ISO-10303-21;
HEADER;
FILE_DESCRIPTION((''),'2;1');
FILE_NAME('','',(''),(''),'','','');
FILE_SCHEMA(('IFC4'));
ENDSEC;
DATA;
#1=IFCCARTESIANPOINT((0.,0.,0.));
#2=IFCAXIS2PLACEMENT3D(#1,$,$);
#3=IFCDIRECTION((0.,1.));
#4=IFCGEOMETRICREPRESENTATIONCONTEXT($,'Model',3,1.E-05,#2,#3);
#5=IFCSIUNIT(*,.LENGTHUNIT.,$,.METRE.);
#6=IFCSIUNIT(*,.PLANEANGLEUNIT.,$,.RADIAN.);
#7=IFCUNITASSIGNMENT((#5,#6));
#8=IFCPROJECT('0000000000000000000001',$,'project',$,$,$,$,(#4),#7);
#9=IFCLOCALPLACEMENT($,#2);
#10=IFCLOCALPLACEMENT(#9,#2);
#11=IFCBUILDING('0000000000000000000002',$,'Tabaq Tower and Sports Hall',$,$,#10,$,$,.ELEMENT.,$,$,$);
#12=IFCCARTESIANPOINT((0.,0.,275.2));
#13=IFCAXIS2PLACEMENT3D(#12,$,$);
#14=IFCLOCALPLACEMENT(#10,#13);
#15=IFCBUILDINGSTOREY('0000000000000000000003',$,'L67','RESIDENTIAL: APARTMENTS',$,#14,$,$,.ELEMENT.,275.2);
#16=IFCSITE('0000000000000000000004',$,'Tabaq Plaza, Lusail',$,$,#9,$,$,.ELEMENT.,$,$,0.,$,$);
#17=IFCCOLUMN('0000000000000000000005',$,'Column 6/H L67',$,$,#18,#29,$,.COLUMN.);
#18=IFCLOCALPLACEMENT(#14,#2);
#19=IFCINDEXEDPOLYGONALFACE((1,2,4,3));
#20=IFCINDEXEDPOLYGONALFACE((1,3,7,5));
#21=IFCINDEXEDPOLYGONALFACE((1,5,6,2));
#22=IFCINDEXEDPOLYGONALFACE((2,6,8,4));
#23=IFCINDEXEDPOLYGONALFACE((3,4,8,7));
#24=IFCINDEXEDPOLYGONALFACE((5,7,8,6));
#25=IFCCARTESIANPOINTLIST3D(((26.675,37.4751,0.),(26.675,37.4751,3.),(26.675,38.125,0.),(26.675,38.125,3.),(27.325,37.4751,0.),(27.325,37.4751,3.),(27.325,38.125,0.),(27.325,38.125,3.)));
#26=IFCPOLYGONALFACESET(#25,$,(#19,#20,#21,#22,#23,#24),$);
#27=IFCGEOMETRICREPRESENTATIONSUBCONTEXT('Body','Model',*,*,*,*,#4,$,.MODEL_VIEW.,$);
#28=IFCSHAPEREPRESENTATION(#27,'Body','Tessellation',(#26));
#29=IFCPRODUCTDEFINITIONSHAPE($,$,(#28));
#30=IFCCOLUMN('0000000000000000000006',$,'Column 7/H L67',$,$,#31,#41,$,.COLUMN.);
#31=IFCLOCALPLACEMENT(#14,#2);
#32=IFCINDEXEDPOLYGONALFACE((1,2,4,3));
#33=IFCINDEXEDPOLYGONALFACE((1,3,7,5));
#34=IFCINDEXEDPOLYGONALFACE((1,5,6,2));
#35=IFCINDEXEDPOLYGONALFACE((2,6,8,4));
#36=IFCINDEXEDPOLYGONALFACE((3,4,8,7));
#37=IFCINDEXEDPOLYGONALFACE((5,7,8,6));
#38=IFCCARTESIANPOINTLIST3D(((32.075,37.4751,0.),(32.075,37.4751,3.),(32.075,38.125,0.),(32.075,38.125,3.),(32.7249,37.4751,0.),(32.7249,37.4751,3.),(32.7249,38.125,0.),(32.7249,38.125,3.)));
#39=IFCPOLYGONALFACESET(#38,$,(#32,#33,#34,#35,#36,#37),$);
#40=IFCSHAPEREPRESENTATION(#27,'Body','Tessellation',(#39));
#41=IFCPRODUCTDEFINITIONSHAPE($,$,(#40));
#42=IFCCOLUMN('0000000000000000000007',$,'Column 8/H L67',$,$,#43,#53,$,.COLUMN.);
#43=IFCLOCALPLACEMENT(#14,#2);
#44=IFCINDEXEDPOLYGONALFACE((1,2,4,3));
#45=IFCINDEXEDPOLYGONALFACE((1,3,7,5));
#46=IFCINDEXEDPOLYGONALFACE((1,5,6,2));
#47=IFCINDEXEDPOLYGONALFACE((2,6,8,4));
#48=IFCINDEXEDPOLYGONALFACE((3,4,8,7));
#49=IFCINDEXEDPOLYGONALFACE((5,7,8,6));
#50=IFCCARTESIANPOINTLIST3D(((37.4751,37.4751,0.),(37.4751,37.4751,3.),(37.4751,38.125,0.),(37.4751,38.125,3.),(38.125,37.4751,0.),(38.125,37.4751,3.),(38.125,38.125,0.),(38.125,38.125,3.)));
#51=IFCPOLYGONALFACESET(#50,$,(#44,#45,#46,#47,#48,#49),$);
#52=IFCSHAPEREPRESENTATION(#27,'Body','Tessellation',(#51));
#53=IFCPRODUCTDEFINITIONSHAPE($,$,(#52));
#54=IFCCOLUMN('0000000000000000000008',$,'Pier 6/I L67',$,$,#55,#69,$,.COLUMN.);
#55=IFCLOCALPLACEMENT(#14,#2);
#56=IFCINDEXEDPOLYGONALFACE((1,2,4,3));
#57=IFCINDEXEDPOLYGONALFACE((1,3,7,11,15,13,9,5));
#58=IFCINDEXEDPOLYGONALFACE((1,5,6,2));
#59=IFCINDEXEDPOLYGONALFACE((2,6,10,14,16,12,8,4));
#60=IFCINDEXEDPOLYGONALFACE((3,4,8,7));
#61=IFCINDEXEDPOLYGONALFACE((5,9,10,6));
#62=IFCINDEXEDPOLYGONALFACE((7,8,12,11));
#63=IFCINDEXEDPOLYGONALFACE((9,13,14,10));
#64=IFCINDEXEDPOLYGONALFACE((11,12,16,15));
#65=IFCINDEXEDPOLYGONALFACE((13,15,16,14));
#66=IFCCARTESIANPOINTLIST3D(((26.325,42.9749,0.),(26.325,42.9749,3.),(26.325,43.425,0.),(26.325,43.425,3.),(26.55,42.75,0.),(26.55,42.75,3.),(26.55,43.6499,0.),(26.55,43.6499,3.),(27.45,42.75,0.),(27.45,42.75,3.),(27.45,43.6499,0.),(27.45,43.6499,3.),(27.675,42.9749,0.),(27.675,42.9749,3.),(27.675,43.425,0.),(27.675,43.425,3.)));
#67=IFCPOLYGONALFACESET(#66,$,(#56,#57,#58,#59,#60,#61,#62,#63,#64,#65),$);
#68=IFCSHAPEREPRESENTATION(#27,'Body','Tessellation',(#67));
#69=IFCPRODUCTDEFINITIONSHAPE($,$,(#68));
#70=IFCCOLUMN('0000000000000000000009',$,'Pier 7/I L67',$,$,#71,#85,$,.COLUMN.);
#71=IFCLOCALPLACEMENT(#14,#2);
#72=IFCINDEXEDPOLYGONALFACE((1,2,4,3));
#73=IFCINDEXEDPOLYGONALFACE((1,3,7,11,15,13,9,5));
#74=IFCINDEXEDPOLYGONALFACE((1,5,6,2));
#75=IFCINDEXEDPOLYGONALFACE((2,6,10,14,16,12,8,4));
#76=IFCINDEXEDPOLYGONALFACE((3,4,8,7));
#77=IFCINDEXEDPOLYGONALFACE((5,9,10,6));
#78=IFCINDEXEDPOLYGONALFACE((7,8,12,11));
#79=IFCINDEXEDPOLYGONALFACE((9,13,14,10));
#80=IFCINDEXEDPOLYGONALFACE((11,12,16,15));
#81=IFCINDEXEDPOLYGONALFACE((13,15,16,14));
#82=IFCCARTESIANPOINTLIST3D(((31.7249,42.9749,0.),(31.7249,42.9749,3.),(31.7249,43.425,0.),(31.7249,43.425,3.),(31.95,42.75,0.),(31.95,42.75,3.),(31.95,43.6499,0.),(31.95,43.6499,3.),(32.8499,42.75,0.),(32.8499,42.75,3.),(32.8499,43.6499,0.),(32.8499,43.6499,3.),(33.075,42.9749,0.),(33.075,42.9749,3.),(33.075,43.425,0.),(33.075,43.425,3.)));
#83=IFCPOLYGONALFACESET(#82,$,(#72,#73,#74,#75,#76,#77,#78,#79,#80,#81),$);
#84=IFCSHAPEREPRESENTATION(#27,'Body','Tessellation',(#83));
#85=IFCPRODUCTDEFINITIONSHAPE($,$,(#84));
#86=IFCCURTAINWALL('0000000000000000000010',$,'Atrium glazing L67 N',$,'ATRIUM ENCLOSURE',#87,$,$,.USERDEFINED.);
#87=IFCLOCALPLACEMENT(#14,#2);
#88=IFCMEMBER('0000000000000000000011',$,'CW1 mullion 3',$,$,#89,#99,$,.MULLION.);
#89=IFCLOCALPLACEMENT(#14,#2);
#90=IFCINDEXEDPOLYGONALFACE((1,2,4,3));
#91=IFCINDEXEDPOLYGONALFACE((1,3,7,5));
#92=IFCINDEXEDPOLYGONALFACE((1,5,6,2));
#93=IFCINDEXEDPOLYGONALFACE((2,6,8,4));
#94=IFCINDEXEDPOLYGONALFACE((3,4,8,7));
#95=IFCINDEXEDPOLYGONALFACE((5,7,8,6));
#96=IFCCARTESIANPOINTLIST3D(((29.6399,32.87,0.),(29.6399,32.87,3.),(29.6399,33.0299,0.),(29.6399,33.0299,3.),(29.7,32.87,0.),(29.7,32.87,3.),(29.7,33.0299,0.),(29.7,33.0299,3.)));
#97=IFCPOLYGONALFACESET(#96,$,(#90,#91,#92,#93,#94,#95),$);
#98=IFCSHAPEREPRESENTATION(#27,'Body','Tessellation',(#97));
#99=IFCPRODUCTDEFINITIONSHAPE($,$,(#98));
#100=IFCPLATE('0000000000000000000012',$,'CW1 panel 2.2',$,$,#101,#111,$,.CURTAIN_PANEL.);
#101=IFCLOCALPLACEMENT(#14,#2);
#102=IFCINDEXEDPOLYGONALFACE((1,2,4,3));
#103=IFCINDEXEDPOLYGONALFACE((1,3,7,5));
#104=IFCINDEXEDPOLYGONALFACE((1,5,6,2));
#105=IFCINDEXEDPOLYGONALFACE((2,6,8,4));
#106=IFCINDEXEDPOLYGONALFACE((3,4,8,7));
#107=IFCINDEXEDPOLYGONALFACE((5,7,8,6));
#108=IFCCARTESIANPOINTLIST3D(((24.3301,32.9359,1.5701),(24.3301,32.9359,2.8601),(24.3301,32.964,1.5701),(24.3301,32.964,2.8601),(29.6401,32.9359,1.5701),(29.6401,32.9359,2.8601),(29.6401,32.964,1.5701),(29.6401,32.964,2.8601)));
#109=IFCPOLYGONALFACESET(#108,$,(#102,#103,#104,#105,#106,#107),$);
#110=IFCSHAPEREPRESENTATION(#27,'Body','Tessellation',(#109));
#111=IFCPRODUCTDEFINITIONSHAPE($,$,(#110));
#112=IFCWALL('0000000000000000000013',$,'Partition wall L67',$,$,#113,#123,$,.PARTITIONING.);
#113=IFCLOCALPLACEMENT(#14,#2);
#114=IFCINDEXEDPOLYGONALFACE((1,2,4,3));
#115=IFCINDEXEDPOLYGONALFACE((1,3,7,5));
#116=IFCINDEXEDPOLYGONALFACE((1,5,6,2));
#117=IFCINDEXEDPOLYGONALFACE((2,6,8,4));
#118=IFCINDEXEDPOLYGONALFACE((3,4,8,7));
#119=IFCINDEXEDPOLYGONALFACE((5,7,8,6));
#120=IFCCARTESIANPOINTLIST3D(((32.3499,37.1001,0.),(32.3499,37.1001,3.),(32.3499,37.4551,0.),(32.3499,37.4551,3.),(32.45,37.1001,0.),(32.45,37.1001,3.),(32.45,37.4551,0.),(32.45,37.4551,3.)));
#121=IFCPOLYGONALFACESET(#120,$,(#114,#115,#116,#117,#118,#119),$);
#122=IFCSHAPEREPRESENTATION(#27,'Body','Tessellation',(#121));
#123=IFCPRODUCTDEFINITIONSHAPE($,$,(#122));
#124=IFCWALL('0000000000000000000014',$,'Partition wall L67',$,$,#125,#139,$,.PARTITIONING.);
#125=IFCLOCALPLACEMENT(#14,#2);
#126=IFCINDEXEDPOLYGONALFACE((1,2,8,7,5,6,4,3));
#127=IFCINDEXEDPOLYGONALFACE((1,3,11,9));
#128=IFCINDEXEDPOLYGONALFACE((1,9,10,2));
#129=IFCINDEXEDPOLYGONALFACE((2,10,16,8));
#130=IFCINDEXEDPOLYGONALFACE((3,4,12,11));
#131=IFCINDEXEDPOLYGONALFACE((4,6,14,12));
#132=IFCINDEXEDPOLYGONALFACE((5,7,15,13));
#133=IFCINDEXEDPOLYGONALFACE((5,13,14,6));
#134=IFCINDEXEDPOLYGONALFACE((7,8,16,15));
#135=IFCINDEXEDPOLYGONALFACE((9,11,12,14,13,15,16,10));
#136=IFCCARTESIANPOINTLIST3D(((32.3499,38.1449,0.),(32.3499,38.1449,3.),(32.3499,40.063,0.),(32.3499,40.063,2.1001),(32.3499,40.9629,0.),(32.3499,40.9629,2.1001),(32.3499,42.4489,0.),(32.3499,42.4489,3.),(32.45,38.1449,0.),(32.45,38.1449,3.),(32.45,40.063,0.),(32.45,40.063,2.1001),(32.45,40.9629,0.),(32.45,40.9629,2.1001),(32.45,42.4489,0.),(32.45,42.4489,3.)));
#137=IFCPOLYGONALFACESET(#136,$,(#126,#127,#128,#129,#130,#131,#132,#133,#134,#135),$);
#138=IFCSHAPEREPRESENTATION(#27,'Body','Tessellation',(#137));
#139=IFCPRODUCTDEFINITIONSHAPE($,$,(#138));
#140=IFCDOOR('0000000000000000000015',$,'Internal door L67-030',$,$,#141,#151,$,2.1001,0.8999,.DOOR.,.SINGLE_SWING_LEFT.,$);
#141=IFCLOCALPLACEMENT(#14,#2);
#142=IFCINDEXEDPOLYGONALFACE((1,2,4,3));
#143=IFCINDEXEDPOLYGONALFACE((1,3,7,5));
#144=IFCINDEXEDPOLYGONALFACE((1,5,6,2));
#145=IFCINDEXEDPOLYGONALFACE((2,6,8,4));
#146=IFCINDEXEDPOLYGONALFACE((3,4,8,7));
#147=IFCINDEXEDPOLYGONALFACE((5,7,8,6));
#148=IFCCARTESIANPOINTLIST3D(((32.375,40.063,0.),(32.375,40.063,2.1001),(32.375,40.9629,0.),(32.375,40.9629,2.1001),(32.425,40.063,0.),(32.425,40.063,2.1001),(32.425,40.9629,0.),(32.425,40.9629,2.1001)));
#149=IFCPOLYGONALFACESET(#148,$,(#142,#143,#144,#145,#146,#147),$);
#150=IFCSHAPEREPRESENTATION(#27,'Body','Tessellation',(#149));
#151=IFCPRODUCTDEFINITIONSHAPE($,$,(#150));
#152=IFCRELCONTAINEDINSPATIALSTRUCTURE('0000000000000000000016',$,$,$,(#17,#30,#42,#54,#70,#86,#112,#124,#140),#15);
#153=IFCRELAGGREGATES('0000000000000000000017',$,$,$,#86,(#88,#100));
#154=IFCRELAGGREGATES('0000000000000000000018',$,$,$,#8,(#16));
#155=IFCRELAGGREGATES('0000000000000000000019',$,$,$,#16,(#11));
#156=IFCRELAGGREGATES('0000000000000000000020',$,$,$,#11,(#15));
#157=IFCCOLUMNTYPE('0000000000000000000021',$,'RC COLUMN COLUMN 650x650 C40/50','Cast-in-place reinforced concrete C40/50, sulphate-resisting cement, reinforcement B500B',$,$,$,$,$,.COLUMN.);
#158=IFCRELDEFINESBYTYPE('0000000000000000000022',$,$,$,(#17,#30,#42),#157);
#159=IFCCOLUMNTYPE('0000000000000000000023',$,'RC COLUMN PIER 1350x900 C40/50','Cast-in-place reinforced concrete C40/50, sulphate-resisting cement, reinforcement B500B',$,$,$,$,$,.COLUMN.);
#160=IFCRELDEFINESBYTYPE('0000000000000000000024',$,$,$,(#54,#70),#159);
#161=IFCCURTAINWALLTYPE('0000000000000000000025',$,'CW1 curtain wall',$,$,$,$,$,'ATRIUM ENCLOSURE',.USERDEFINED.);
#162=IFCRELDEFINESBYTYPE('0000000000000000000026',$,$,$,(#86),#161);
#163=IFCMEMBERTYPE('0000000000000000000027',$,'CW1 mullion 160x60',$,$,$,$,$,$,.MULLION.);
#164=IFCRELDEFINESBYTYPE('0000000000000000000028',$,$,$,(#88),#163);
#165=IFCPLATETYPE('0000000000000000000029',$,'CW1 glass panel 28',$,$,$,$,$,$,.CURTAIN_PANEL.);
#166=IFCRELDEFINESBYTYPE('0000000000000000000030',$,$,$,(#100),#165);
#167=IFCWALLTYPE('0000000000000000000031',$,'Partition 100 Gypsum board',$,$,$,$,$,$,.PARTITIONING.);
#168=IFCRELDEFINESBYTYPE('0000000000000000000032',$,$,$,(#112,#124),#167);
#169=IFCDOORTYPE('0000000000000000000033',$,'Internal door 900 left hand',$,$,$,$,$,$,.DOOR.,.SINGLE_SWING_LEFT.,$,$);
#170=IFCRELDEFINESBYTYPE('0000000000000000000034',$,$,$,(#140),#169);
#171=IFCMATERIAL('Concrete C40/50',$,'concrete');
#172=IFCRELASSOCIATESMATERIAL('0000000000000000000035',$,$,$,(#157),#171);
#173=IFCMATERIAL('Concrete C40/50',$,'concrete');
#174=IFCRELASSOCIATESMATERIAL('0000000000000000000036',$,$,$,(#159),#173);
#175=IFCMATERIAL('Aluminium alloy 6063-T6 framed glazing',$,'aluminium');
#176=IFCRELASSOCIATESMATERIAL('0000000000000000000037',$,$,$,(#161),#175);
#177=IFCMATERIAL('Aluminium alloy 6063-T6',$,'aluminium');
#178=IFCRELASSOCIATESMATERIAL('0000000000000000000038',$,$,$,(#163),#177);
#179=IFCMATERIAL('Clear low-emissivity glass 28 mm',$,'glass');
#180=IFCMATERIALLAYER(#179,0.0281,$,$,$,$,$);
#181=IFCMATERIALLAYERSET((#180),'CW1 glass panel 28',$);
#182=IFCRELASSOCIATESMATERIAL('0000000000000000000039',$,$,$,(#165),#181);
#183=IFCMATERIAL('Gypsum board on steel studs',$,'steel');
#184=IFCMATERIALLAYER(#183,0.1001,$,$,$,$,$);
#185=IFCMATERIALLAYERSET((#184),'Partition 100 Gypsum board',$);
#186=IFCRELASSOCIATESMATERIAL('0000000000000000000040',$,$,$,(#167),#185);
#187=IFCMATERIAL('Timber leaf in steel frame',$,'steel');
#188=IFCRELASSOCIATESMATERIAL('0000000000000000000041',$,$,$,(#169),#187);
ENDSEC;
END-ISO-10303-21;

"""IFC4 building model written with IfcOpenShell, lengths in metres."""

from ifc_helpers import new_model, si_unit, direction, frame, frame_2d, origin, origin_2d, place, context, subcontext, project, spatial, polyline, rectangle, outline, extrude, material, layer, layer_set, material_profile, profile_set, type_object, element, fill, aggregate, save


model = new_model("IFC4")

# Units and contexts
model_context = context("Model", 3, precision=1e-05, world=origin(), true_north=direction((0.0, 1.0)))
body_context = subcontext(model_context, "Body", "Model", "MODEL_VIEW")
ifc_project = project(units=[si_unit("LENGTHUNIT", "METRE"), si_unit("PLANEANGLEUNIT", "RADIAN")], contexts=[model_context])

# Site, building, storey
site_placement = place(None, origin())
site = spatial("IfcSite", under=ifc_project, at=site_placement, Name="Tabaq Plaza, Lusail", CompositionType="ELEMENT", RefElevation=0.0)
building_placement = place(site_placement, origin())
building = spatial("IfcBuilding", under=site, at=building_placement, Name="Tabaq Tower and Sports Hall", CompositionType="ELEMENT")
storey_placement = place(building_placement, frame((0.0, 0.0, 275.2)))
storey = spatial("IfcBuildingStorey", under=building, at=storey_placement, Name="L67", Description="RESIDENTIAL: APARTMENTS", CompositionType="ELEMENT", Elevation=275.2)

# Columns
ifc_material_1 = material(Name="Concrete C40/50", Category="concrete")
ifc_material_profile_1 = material_profile(ifc_material_1, rectangle(XDim=0.6499, YDim=0.6499, at=origin_2d()), Name="COLUMN 650x650")
ifc_profile_set_1 = profile_set([ifc_material_profile_1], Name="Concrete C40/50")
column_type_1 = type_object("IfcColumnType", Name="RC COLUMN COLUMN 650x650 C40/50", Description="Cast-in-place reinforced concrete C40/50, sulphate-resisting cement, reinforcement B500B", PredefinedType="COLUMN", material=ifc_profile_set_1)
for number, where, z_axis, x_axis, name in (
    (1, (27.0, 37.8, 0.0), (0.0, 0.0, 1.0), (1.0, 0.0, 0.0), "Column 6/H L67"),
    (2, (32.3999, 37.8, 0.0), (0.0, 0.0, 1.0), (1.0, 0.0, 0.0), "Column 7/H L67"),
    (3, (37.8, 37.8, 0.0), (0.0, 0.0, 1.0), (1.0, 0.0, 0.0), "Column 8/H L67"),
):
    element("IfcColumn", number, at=place(storey_placement, frame(where, z_axis=z_axis, x_axis=x_axis)), inside=storey, type_object=column_type_1, Name=name, PredefinedType="COLUMN", context=body_context, shape_type="SweptSolid", body=[
        extrude(rectangle(XDim=0.6499, YDim=0.6499, at=origin_2d()), origin(), (0.0, 0.0, 1.0), 3.0),
    ])
ifc_material_2 = material(Name="Concrete C40/50", Category="concrete")
ifc_material_profile_2 = material_profile(ifc_material_2, outline(polyline([(-0.45, -0.45), (0.45, -0.45), (0.675, -0.2251), (0.675, 0.2251), (0.45, 0.45), (-0.45, 0.45), (-0.675, 0.2251), (-0.675, -0.2251), (-0.45, -0.45)])), Name="PIER 1350x900")
ifc_profile_set_2 = profile_set([ifc_material_profile_2], Name="Concrete C40/50")
column_type_2 = type_object("IfcColumnType", Name="RC COLUMN PIER 1350x900 C40/50", Description="Cast-in-place reinforced concrete C40/50, sulphate-resisting cement, reinforcement B500B", PredefinedType="COLUMN", material=ifc_profile_set_2)
for number, where, z_axis, x_axis, name in (
    (4, (27.0, 43.2, 0.0), (0.0, 0.0, 1.0), (1.0, 0.0, 0.0), "Pier 6/I L67"),
    (5, (32.3999, 43.2, 0.0), (0.0, 0.0, 1.0), (1.0, 0.0, 0.0), "Pier 7/I L67"),
):
    element("IfcColumn", number, at=place(storey_placement, frame(where, z_axis=z_axis, x_axis=x_axis)), inside=storey, type_object=column_type_2, Name=name, PredefinedType="COLUMN", context=body_context, shape_type="SweptSolid", body=[
        extrude(outline(polyline([(-0.45, -0.45), (0.45, -0.45), (0.675, -0.2251), (0.675, 0.2251), (0.45, 0.45), (-0.45, 0.45), (-0.675, 0.2251), (-0.675, -0.2251), (-0.45, -0.45)])), origin(), (0.0, 0.0, 1.0), 3.0),
    ])

# Curtain wall, member, plate
ifc_material_3 = material(Name="Aluminium alloy 6063-T6 framed glazing", Category="aluminium")
curtain_wall_type = type_object("IfcCurtainWallType", Name="CW1 curtain wall", ElementType="ATRIUM ENCLOSURE", PredefinedType="USERDEFINED", material=ifc_material_3)
curtain_wall_placement = place(storey_placement, origin())
curtain_wall = element("IfcCurtainWall", 6, at=curtain_wall_placement, inside=storey, type_object=curtain_wall_type, Name="Atrium glazing L67 N", ObjectType="ATRIUM ENCLOSURE", PredefinedType="USERDEFINED")
ifc_material_4 = material(Name="Aluminium alloy 6063-T6", Category="aluminium")
ifc_material_profile_3 = material_profile(ifc_material_4, rectangle(XDim=0.1599, YDim=0.0601, at=origin_2d()), Name="MULLION 160x60")
ifc_profile_set_3 = profile_set([ifc_material_profile_3], Name="Aluminium alloy 6063-T6")
member_type = type_object("IfcMemberType", Name="CW1 mullion 160x60", PredefinedType="MULLION", material=ifc_profile_set_3)
member_placement = place(storey_placement, frame((29.6699, 32.95, 0.0), z_axis=(0.0, 0.0, 1.0), x_axis=(0.0, 1.0, 0.0)))
member = element("IfcMember", 7, at=member_placement, type_object=member_type, Name="CW1 mullion 3", PredefinedType="MULLION", context=body_context, shape_type="SweptSolid", body=[
    extrude(rectangle(XDim=0.1599, YDim=0.0601, at=origin_2d()), origin(), (0.0, 0.0, 1.0), 3.0),
])
ifc_material_5 = material(Name="Clear low-emissivity glass 28 mm", Category="glass")
ifc_layer_1 = layer(ifc_material_5, 0.0281)
ifc_layer_set_1 = layer_set([ifc_layer_1], Name="CW1 glass panel 28")
plate_type = type_object("IfcPlateType", Name="CW1 glass panel 28", PredefinedType="CURTAIN_PANEL", material=ifc_layer_set_1)
plate_placement = place(storey_placement, frame((26.9851, 32.95, 1.5701), z_axis=(0.0, 0.0, 1.0), x_axis=(1.0, 0.0, 0.0)))
plate = element("IfcPlate", 8, at=plate_placement, type_object=plate_type, Name="CW1 panel 2.2", PredefinedType="CURTAIN_PANEL", context=body_context, shape_type="SweptSolid", body=[
    extrude(rectangle(XDim=5.3101, YDim=0.0281, at=origin_2d()), origin(), (0.0, 0.0, 1.0), 1.29),
])
aggregate(curtain_wall, [member, plate])

# Wall
ifc_material_6 = material(Name="Gypsum board on steel studs", Category="steel")
ifc_layer_2 = layer(ifc_material_6, 0.1001)
ifc_layer_set_2 = layer_set([ifc_layer_2], Name="Partition 100 Gypsum board")
wall_type_1 = type_object("IfcWallType", Name="Partition 100 Gypsum board", PredefinedType="PARTITIONING", material=ifc_layer_set_2)
wall_1_placement = place(storey_placement, frame((32.3999, 37.1001, 0.0), z_axis=(0.0, 0.0, 1.0), x_axis=(0.0, 1.0, 0.0)))
element("IfcWall", 9, at=wall_1_placement, inside=storey, type_object=wall_type_1, Name="Partition wall L67", PredefinedType="PARTITIONING", context=body_context, shape_type="SweptSolid", body=[
    extrude(rectangle(XDim=0.355, YDim=0.1001, at=frame_2d((0.1775, 0.0))), origin(), (0.0, 0.0, 1.0), 3.0),
])

# Wall, opening, door
wall_2_placement = place(storey_placement, frame((32.3999, 38.145, 0.0), z_axis=(0.0, 0.0, 1.0), x_axis=(0.0, 1.0, 0.0)))
wall_2 = element("IfcWall", 10, at=wall_2_placement, inside=storey, type_object=wall_type_1, Name="Partition wall L67", PredefinedType="PARTITIONING", context=body_context, shape_type="SweptSolid", body=[
    extrude(rectangle(XDim=4.304, YDim=0.1001, at=frame_2d((2.1519, 0.0))), origin(), (0.0, 0.0, 1.0), 3.0),
])
opening_1_placement = place(wall_2_placement, frame((1.918, 0.0, 0.0)))
opening_1 = element("IfcOpeningElement", 11, at=opening_1_placement, cuts=wall_2, PredefinedType="OPENING", context=body_context, shape_type="SweptSolid", body=[
    extrude(rectangle(XDim=0.8999, YDim=2.1001, at=frame_2d((0.45, 1.05))), frame((0.0, 0.05, 0.0), z_axis=(0.0, -1.0, 0.0), x_axis=(1.0, 0.0, 0.0)), (0.0, 0.0, 1.0), 0.1001),
])
ifc_material_7 = material(Name="Timber leaf in steel frame", Category="steel")
door_type_1 = type_object("IfcDoorType", Name="Internal door 900 left hand", OperationType="SINGLE_SWING_LEFT", PredefinedType="DOOR", material=ifc_material_7)
door_1_placement = place(opening_1_placement, origin())
door_1 = element("IfcDoor", 12, at=door_1_placement, inside=storey, type_object=door_type_1, Name="Internal door L67-030", OperationType="SINGLE_SWING_LEFT", OverallHeight=2.1001, OverallWidth=0.8999, PredefinedType="DOOR", context=body_context, shape_type="SweptSolid", body=[
    extrude(rectangle(XDim=0.8999, YDim=2.1001, at=frame_2d((0.45, 1.05))), frame((0.0, 0.0249, 0.0), z_axis=(0.0, -1.0, 0.0), x_axis=(1.0, 0.0, 0.0)), (0.0, 0.0, 1.0), 0.05),
])
fill(opening_1, door_1)

save(model, "model.ifc")
